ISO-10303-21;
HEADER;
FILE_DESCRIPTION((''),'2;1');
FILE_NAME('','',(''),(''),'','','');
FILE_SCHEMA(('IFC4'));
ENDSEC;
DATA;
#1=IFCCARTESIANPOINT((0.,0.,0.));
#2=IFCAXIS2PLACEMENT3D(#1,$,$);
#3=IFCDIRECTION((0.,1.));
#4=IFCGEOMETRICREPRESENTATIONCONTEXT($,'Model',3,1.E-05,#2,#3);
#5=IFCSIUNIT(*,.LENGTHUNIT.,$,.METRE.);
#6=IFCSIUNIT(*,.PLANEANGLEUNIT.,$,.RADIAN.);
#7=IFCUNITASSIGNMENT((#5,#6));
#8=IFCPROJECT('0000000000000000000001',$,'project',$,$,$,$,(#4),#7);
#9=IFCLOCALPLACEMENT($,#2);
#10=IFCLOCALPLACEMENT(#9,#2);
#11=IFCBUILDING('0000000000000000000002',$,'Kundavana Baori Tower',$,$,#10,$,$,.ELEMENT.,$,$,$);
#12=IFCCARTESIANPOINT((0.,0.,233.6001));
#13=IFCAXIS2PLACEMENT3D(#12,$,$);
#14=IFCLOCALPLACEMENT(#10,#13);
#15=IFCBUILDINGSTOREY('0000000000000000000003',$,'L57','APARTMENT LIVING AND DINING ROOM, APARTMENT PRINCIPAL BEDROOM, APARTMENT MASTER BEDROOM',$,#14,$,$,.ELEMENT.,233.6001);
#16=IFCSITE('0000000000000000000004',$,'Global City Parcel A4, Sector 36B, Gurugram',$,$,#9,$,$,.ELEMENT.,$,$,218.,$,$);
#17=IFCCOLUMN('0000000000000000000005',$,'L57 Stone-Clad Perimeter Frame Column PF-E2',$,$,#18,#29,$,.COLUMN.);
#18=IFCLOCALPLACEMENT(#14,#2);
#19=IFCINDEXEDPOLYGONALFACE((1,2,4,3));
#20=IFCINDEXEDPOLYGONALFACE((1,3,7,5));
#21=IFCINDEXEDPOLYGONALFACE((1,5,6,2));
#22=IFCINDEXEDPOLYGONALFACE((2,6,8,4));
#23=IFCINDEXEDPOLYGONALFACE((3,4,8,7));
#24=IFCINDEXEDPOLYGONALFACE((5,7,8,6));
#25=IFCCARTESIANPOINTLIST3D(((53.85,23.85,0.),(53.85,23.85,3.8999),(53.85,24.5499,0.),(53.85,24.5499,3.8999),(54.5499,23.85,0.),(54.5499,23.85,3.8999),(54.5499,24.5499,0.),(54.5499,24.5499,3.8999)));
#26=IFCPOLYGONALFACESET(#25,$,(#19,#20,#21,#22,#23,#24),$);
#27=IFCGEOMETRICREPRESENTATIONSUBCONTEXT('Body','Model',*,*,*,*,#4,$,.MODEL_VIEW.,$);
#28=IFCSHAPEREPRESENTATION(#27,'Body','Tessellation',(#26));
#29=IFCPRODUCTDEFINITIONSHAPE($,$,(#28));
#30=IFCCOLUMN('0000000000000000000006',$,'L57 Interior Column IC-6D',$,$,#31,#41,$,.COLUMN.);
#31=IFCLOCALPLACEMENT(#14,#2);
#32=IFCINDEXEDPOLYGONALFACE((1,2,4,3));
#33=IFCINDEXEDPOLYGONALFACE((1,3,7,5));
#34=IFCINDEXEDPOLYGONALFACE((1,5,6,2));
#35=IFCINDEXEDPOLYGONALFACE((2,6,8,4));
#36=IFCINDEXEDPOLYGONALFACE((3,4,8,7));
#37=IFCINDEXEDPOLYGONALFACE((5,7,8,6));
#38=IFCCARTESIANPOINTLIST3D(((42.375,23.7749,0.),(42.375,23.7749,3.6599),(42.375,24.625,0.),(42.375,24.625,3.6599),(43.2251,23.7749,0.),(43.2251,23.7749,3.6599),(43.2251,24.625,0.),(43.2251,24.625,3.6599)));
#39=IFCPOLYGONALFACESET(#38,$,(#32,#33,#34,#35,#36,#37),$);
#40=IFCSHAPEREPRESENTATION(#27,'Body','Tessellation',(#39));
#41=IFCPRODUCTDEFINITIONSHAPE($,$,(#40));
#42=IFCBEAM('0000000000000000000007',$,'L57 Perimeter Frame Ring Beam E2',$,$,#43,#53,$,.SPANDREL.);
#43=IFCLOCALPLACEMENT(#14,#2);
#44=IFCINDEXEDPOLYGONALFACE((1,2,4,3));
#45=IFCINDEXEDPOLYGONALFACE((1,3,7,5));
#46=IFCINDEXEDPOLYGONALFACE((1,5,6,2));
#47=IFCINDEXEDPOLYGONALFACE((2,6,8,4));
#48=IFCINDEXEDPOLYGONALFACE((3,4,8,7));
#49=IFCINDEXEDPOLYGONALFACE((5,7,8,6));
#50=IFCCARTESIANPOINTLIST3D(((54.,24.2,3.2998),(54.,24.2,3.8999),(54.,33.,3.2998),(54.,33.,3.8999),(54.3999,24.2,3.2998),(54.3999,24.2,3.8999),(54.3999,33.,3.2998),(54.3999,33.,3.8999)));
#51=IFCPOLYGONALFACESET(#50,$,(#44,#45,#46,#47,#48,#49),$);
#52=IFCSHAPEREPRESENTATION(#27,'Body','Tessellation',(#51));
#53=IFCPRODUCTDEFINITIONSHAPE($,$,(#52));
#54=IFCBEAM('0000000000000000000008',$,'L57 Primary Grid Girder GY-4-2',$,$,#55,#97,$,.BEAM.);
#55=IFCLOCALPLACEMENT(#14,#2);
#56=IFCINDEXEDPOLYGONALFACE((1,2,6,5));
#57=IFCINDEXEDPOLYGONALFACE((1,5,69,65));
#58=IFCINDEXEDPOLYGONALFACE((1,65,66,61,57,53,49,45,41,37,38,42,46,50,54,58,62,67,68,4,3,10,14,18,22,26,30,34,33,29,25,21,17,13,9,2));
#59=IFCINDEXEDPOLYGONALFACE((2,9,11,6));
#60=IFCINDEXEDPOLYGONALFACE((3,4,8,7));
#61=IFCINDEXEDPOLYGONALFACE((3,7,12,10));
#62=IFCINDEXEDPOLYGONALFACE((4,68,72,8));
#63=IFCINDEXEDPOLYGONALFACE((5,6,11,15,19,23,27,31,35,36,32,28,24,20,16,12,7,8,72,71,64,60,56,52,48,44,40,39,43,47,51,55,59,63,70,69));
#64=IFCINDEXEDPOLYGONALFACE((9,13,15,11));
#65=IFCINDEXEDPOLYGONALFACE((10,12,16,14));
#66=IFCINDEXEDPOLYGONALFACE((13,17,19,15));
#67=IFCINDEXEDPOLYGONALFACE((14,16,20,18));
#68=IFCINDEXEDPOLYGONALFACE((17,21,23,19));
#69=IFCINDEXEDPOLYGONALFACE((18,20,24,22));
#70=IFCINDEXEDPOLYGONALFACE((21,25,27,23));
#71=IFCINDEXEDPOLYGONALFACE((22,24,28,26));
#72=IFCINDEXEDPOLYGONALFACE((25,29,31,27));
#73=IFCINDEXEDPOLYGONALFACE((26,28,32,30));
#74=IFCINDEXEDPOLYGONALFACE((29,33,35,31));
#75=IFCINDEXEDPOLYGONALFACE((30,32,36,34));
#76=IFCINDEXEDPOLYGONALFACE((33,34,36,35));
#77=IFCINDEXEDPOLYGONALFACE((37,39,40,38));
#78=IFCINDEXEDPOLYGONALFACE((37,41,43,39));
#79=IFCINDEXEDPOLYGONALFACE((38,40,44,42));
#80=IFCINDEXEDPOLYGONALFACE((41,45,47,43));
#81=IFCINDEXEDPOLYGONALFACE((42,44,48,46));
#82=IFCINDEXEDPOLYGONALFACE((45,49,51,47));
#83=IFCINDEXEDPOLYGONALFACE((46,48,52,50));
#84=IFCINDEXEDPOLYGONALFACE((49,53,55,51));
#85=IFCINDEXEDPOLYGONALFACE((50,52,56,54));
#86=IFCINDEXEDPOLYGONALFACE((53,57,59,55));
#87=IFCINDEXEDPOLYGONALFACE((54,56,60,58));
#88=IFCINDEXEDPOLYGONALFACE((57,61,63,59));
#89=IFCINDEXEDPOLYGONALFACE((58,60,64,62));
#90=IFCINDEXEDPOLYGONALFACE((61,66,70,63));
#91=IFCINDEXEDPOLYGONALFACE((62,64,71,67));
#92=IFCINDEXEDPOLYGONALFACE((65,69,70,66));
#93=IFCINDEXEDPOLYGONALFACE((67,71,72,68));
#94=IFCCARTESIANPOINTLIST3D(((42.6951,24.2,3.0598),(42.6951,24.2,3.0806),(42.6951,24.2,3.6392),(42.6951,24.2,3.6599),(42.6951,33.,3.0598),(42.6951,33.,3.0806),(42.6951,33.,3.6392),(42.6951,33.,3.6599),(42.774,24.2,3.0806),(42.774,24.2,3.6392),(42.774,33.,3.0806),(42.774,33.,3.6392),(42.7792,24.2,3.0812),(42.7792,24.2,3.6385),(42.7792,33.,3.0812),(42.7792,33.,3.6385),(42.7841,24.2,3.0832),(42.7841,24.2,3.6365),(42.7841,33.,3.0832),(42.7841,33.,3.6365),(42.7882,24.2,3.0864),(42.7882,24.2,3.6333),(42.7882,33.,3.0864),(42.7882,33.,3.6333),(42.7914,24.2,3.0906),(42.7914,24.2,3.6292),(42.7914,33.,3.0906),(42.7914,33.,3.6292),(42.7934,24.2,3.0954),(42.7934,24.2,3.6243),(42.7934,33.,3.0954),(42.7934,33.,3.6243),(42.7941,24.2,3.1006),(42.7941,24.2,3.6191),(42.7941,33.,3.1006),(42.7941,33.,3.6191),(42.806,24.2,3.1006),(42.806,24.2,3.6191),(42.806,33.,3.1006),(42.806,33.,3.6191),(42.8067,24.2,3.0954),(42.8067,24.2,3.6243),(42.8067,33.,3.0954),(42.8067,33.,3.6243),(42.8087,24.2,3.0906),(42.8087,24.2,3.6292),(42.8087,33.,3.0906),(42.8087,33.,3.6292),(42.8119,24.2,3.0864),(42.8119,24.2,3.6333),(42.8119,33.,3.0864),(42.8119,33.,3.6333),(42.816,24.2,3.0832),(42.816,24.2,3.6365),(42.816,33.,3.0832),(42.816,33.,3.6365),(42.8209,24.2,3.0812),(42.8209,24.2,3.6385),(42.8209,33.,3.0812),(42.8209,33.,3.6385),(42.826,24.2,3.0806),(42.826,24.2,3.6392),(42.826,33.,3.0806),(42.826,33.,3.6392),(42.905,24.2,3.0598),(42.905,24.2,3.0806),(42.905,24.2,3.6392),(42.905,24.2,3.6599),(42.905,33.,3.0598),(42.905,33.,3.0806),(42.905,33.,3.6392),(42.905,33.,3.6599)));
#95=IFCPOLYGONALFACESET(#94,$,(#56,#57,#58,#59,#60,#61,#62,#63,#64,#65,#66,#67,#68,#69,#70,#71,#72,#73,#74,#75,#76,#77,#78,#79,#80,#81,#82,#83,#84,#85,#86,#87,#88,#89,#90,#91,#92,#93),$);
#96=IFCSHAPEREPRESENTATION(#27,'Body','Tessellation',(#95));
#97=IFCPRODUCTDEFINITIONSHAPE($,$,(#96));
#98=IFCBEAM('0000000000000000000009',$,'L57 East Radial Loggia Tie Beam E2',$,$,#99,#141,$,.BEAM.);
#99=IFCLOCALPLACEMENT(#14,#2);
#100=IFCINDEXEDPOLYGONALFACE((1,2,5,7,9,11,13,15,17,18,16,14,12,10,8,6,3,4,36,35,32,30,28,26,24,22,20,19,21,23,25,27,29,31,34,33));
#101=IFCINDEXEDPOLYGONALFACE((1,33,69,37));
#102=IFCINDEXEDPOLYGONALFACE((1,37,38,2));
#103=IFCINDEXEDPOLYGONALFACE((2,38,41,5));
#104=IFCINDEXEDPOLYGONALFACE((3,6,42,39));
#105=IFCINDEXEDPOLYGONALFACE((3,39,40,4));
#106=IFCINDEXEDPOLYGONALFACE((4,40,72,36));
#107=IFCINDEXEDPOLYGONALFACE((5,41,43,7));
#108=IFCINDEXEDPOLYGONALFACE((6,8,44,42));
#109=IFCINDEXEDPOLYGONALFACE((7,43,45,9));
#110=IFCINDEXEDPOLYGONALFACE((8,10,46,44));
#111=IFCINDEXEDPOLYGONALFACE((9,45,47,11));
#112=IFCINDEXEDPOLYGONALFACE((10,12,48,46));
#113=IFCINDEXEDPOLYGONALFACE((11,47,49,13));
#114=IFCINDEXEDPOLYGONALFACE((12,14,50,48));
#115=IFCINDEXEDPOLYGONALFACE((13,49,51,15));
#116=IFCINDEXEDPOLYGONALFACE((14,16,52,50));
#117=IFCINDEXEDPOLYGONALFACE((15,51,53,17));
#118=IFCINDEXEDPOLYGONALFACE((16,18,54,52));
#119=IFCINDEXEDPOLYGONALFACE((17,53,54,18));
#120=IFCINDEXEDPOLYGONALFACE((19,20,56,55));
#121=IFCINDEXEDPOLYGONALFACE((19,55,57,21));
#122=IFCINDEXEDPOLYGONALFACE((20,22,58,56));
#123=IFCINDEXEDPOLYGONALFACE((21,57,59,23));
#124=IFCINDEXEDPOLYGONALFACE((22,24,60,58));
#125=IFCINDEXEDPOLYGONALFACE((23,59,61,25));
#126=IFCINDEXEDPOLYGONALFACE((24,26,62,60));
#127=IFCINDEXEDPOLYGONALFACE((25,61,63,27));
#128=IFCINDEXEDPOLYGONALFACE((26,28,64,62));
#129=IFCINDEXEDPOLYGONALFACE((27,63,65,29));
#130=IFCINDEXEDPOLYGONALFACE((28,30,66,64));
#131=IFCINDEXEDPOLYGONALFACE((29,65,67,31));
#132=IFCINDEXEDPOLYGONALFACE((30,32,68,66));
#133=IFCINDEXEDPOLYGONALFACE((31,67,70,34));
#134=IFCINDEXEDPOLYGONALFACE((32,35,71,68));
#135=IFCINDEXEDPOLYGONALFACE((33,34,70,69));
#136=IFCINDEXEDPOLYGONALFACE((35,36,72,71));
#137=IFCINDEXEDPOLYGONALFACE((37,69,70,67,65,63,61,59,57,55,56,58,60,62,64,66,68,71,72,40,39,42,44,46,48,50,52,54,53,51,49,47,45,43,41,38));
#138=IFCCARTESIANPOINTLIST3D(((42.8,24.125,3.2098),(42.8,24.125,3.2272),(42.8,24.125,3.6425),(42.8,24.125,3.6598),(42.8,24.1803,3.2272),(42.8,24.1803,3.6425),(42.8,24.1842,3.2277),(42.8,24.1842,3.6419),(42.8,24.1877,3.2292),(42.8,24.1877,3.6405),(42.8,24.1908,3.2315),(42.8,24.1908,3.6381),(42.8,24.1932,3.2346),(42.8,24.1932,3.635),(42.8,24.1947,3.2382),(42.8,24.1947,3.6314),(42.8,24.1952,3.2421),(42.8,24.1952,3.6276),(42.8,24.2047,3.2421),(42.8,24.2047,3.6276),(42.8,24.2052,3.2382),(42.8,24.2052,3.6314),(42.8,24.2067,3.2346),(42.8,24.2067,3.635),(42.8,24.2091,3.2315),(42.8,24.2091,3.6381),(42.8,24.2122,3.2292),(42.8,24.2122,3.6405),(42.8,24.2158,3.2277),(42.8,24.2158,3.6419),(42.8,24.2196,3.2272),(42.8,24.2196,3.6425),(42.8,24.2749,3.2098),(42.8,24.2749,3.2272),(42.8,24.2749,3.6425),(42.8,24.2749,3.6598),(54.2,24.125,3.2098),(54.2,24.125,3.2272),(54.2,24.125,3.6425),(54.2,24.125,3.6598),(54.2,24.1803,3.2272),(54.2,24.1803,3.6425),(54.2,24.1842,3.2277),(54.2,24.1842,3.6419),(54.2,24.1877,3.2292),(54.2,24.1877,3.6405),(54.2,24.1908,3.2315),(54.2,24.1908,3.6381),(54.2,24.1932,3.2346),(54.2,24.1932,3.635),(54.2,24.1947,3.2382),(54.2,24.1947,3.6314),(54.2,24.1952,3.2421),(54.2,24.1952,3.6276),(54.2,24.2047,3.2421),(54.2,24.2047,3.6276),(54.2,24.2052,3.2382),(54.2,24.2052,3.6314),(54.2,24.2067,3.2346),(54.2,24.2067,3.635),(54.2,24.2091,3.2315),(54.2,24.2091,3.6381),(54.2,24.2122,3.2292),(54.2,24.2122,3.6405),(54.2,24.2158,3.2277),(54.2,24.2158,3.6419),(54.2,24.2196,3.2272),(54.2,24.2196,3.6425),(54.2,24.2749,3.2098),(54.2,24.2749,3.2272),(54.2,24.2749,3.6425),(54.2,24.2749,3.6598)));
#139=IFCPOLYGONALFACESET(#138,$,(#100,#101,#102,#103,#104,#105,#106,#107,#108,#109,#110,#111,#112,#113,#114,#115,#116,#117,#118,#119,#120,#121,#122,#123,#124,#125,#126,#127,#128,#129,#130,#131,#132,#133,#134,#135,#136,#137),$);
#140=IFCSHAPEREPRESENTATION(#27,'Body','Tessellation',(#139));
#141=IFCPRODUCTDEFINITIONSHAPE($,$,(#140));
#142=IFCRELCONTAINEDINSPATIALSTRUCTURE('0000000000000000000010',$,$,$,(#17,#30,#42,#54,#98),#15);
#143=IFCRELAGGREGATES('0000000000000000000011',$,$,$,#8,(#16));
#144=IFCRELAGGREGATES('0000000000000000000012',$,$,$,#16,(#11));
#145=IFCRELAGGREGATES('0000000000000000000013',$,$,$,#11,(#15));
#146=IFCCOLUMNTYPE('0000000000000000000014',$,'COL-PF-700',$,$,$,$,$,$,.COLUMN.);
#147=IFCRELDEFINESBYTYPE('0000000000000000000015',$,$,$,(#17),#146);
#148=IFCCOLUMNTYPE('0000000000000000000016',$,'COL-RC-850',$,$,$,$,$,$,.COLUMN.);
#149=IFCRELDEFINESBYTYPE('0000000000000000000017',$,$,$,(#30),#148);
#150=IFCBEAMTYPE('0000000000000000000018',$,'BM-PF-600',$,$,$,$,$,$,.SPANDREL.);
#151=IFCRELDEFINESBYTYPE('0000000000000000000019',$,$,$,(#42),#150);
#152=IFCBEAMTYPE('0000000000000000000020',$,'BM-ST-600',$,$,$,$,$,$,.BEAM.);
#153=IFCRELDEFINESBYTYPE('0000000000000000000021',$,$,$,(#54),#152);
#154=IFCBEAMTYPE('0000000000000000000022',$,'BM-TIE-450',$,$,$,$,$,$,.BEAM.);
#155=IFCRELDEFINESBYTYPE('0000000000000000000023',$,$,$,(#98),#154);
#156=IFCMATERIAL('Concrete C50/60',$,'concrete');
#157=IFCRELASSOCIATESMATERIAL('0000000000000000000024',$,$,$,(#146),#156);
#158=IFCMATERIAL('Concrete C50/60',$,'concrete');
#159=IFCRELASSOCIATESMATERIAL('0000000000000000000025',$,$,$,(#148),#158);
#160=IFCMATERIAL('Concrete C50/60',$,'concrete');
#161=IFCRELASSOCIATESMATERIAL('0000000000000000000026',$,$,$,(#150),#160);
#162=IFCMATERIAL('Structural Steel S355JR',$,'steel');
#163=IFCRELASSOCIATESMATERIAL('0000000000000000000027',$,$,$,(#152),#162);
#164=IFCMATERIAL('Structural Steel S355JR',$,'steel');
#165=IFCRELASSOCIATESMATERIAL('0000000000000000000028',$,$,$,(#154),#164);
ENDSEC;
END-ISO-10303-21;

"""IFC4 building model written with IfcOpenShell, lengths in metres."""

from ifc_helpers import new_model, si_unit, direction, frame, origin, origin_2d, place, context, subcontext, project, spatial, rectangle, i_section, extrude, material, material_profile, profile_set, type_object, element, save


model = new_model("IFC4")

# Units and contexts
model_context = context("Model", 3, precision=1e-05, world=origin(), true_north=direction((0.0, 1.0)))
body_context = subcontext(model_context, "Body", "Model", "MODEL_VIEW")
ifc_project = project(units=[si_unit("LENGTHUNIT", "METRE"), si_unit("PLANEANGLEUNIT", "RADIAN")], contexts=[model_context])

# Site, building, storey
site_placement = place(None, origin())
site = spatial("IfcSite", under=ifc_project, at=site_placement, Name="Global City Parcel A4, Sector 36B, Gurugram", CompositionType="ELEMENT", RefElevation=218.0)
building_placement = place(site_placement, origin())
building = spatial("IfcBuilding", under=site, at=building_placement, Name="Kundavana Baori Tower", CompositionType="ELEMENT")
storey_placement = place(building_placement, frame((0.0, 0.0, 233.6001)))
storey = spatial("IfcBuildingStorey", under=building, at=storey_placement, Name="L57", Description="APARTMENT LIVING AND DINING ROOM, APARTMENT PRINCIPAL BEDROOM, APARTMENT MASTER BEDROOM", CompositionType="ELEMENT", Elevation=233.6001)

# Columns
ifc_material_1 = material(Name="Concrete C50/60", Category="concrete")
ifc_material_profile_1 = material_profile(ifc_material_1, rectangle(XDim=0.7, YDim=0.7, at=origin_2d()), Name="RC PF 700x700")
ifc_profile_set_1 = profile_set([ifc_material_profile_1], Name="Concrete C50/60")
column_type_1 = type_object("IfcColumnType", Name="COL-PF-700", PredefinedType="COLUMN", material=ifc_profile_set_1)
column_1_placement = place(storey_placement, frame((54.2, 24.2, 0.0), z_axis=(0.0, 0.0, 1.0), x_axis=(1.0, 0.0, 0.0)))
element("IfcColumn", 1, at=column_1_placement, inside=storey, type_object=column_type_1, Name="L57 Stone-Clad Perimeter Frame Column PF-E2", PredefinedType="COLUMN", context=body_context, shape_type="SweptSolid", body=[
    extrude(rectangle(XDim=0.7, YDim=0.7, at=origin_2d()), origin(), (0.0, 0.0, 1.0), 3.8999),
])
ifc_material_2 = material(Name="Concrete C50/60", Category="concrete")
ifc_material_profile_2 = material_profile(ifc_material_2, rectangle(XDim=0.8501, YDim=0.8501, at=origin_2d()), Name="RC 850x850")
ifc_profile_set_2 = profile_set([ifc_material_profile_2], Name="Concrete C50/60")
column_type_2 = type_object("IfcColumnType", Name="COL-RC-850", PredefinedType="COLUMN", material=ifc_profile_set_2)
column_2_placement = place(storey_placement, frame((42.8, 24.2, 0.0), z_axis=(0.0, 0.0, 1.0), x_axis=(1.0, 0.0, 0.0)))
element("IfcColumn", 2, at=column_2_placement, inside=storey, type_object=column_type_2, Name="L57 Interior Column IC-6D", PredefinedType="COLUMN", context=body_context, shape_type="SweptSolid", body=[
    extrude(rectangle(XDim=0.8501, YDim=0.8501, at=origin_2d()), origin(), (0.0, 0.0, 1.0), 3.6599),
])

# Beams
ifc_material_3 = material(Name="Concrete C50/60", Category="concrete")
ifc_material_profile_3 = material_profile(ifc_material_3, rectangle(XDim=0.3999, YDim=0.6001, at=origin_2d()), Name="RC BM 400x600")
ifc_profile_set_3 = profile_set([ifc_material_profile_3], Name="Concrete C50/60")
beam_type_1 = type_object("IfcBeamType", Name="BM-PF-600", PredefinedType="SPANDREL", material=ifc_profile_set_3)
beam_1_placement = place(storey_placement, frame((54.2, 24.2, 3.5999), z_axis=(0.0, 1.0, 0.0), x_axis=(-1.0, 0.0, 0.0)))
element("IfcBeam", 3, at=beam_1_placement, inside=storey, type_object=beam_type_1, Name="L57 Perimeter Frame Ring Beam E2", PredefinedType="SPANDREL", context=body_context, shape_type="SweptSolid", body=[
    extrude(rectangle(XDim=0.3999, YDim=0.6001, at=origin_2d()), origin(), (0.0, 0.0, 1.0), 8.8),
])
ifc_material_4 = material(Name="Structural Steel S355JR", Category="steel")
ifc_material_profile_4 = material_profile(ifc_material_4, i_section(OverallWidth=0.21, OverallDepth=0.6001, WebThickness=0.012, FlangeThickness=0.0208, FilletRadius=0.02, at=origin_2d()), Name="ISMB 600")
ifc_profile_set_4 = profile_set([ifc_material_profile_4], Name="Structural Steel S355JR")
beam_type_2 = type_object("IfcBeamType", Name="BM-ST-600", PredefinedType="BEAM", material=ifc_profile_set_4)
beam_2_placement = place(storey_placement, frame((42.8, 24.2, 3.3599), z_axis=(0.0, 1.0, 0.0), x_axis=(-1.0, 0.0, 0.0)))
element("IfcBeam", 4, at=beam_2_placement, inside=storey, type_object=beam_type_2, Name="L57 Primary Grid Girder GY-4-2", PredefinedType="BEAM", context=body_context, shape_type="SweptSolid", body=[
    extrude(i_section(OverallWidth=0.21, OverallDepth=0.6001, WebThickness=0.012, FlangeThickness=0.0208, FilletRadius=0.02, at=origin_2d()), origin(), (0.0, 0.0, 1.0), 8.8),
])
ifc_material_5 = material(Name="Structural Steel S355JR", Category="steel")
ifc_material_profile_5 = material_profile(ifc_material_5, i_section(OverallWidth=0.1499, OverallDepth=0.45, WebThickness=0.0095, FlangeThickness=0.0173, FilletRadius=0.0149, at=origin_2d()), Name="ISMB 450")
ifc_profile_set_5 = profile_set([ifc_material_profile_5], Name="Structural Steel S355JR")
beam_type_3 = type_object("IfcBeamType", Name="BM-TIE-450", PredefinedType="BEAM", material=ifc_profile_set_5)
beam_3_placement = place(storey_placement, frame((42.8, 24.2, 3.4348), z_axis=(1.0, 0.0, 0.0), x_axis=(0.0, 1.0, 0.0)))
element("IfcBeam", 5, at=beam_3_placement, inside=storey, type_object=beam_type_3, Name="L57 East Radial Loggia Tie Beam E2", PredefinedType="BEAM", context=body_context, shape_type="SweptSolid", body=[
    extrude(i_section(OverallWidth=0.1499, OverallDepth=0.45, WebThickness=0.0095, FlangeThickness=0.0173, FilletRadius=0.0149, at=origin_2d()), origin(), (0.0, 0.0, 1.0), 11.3999),
])

save(model, "model.ifc")
